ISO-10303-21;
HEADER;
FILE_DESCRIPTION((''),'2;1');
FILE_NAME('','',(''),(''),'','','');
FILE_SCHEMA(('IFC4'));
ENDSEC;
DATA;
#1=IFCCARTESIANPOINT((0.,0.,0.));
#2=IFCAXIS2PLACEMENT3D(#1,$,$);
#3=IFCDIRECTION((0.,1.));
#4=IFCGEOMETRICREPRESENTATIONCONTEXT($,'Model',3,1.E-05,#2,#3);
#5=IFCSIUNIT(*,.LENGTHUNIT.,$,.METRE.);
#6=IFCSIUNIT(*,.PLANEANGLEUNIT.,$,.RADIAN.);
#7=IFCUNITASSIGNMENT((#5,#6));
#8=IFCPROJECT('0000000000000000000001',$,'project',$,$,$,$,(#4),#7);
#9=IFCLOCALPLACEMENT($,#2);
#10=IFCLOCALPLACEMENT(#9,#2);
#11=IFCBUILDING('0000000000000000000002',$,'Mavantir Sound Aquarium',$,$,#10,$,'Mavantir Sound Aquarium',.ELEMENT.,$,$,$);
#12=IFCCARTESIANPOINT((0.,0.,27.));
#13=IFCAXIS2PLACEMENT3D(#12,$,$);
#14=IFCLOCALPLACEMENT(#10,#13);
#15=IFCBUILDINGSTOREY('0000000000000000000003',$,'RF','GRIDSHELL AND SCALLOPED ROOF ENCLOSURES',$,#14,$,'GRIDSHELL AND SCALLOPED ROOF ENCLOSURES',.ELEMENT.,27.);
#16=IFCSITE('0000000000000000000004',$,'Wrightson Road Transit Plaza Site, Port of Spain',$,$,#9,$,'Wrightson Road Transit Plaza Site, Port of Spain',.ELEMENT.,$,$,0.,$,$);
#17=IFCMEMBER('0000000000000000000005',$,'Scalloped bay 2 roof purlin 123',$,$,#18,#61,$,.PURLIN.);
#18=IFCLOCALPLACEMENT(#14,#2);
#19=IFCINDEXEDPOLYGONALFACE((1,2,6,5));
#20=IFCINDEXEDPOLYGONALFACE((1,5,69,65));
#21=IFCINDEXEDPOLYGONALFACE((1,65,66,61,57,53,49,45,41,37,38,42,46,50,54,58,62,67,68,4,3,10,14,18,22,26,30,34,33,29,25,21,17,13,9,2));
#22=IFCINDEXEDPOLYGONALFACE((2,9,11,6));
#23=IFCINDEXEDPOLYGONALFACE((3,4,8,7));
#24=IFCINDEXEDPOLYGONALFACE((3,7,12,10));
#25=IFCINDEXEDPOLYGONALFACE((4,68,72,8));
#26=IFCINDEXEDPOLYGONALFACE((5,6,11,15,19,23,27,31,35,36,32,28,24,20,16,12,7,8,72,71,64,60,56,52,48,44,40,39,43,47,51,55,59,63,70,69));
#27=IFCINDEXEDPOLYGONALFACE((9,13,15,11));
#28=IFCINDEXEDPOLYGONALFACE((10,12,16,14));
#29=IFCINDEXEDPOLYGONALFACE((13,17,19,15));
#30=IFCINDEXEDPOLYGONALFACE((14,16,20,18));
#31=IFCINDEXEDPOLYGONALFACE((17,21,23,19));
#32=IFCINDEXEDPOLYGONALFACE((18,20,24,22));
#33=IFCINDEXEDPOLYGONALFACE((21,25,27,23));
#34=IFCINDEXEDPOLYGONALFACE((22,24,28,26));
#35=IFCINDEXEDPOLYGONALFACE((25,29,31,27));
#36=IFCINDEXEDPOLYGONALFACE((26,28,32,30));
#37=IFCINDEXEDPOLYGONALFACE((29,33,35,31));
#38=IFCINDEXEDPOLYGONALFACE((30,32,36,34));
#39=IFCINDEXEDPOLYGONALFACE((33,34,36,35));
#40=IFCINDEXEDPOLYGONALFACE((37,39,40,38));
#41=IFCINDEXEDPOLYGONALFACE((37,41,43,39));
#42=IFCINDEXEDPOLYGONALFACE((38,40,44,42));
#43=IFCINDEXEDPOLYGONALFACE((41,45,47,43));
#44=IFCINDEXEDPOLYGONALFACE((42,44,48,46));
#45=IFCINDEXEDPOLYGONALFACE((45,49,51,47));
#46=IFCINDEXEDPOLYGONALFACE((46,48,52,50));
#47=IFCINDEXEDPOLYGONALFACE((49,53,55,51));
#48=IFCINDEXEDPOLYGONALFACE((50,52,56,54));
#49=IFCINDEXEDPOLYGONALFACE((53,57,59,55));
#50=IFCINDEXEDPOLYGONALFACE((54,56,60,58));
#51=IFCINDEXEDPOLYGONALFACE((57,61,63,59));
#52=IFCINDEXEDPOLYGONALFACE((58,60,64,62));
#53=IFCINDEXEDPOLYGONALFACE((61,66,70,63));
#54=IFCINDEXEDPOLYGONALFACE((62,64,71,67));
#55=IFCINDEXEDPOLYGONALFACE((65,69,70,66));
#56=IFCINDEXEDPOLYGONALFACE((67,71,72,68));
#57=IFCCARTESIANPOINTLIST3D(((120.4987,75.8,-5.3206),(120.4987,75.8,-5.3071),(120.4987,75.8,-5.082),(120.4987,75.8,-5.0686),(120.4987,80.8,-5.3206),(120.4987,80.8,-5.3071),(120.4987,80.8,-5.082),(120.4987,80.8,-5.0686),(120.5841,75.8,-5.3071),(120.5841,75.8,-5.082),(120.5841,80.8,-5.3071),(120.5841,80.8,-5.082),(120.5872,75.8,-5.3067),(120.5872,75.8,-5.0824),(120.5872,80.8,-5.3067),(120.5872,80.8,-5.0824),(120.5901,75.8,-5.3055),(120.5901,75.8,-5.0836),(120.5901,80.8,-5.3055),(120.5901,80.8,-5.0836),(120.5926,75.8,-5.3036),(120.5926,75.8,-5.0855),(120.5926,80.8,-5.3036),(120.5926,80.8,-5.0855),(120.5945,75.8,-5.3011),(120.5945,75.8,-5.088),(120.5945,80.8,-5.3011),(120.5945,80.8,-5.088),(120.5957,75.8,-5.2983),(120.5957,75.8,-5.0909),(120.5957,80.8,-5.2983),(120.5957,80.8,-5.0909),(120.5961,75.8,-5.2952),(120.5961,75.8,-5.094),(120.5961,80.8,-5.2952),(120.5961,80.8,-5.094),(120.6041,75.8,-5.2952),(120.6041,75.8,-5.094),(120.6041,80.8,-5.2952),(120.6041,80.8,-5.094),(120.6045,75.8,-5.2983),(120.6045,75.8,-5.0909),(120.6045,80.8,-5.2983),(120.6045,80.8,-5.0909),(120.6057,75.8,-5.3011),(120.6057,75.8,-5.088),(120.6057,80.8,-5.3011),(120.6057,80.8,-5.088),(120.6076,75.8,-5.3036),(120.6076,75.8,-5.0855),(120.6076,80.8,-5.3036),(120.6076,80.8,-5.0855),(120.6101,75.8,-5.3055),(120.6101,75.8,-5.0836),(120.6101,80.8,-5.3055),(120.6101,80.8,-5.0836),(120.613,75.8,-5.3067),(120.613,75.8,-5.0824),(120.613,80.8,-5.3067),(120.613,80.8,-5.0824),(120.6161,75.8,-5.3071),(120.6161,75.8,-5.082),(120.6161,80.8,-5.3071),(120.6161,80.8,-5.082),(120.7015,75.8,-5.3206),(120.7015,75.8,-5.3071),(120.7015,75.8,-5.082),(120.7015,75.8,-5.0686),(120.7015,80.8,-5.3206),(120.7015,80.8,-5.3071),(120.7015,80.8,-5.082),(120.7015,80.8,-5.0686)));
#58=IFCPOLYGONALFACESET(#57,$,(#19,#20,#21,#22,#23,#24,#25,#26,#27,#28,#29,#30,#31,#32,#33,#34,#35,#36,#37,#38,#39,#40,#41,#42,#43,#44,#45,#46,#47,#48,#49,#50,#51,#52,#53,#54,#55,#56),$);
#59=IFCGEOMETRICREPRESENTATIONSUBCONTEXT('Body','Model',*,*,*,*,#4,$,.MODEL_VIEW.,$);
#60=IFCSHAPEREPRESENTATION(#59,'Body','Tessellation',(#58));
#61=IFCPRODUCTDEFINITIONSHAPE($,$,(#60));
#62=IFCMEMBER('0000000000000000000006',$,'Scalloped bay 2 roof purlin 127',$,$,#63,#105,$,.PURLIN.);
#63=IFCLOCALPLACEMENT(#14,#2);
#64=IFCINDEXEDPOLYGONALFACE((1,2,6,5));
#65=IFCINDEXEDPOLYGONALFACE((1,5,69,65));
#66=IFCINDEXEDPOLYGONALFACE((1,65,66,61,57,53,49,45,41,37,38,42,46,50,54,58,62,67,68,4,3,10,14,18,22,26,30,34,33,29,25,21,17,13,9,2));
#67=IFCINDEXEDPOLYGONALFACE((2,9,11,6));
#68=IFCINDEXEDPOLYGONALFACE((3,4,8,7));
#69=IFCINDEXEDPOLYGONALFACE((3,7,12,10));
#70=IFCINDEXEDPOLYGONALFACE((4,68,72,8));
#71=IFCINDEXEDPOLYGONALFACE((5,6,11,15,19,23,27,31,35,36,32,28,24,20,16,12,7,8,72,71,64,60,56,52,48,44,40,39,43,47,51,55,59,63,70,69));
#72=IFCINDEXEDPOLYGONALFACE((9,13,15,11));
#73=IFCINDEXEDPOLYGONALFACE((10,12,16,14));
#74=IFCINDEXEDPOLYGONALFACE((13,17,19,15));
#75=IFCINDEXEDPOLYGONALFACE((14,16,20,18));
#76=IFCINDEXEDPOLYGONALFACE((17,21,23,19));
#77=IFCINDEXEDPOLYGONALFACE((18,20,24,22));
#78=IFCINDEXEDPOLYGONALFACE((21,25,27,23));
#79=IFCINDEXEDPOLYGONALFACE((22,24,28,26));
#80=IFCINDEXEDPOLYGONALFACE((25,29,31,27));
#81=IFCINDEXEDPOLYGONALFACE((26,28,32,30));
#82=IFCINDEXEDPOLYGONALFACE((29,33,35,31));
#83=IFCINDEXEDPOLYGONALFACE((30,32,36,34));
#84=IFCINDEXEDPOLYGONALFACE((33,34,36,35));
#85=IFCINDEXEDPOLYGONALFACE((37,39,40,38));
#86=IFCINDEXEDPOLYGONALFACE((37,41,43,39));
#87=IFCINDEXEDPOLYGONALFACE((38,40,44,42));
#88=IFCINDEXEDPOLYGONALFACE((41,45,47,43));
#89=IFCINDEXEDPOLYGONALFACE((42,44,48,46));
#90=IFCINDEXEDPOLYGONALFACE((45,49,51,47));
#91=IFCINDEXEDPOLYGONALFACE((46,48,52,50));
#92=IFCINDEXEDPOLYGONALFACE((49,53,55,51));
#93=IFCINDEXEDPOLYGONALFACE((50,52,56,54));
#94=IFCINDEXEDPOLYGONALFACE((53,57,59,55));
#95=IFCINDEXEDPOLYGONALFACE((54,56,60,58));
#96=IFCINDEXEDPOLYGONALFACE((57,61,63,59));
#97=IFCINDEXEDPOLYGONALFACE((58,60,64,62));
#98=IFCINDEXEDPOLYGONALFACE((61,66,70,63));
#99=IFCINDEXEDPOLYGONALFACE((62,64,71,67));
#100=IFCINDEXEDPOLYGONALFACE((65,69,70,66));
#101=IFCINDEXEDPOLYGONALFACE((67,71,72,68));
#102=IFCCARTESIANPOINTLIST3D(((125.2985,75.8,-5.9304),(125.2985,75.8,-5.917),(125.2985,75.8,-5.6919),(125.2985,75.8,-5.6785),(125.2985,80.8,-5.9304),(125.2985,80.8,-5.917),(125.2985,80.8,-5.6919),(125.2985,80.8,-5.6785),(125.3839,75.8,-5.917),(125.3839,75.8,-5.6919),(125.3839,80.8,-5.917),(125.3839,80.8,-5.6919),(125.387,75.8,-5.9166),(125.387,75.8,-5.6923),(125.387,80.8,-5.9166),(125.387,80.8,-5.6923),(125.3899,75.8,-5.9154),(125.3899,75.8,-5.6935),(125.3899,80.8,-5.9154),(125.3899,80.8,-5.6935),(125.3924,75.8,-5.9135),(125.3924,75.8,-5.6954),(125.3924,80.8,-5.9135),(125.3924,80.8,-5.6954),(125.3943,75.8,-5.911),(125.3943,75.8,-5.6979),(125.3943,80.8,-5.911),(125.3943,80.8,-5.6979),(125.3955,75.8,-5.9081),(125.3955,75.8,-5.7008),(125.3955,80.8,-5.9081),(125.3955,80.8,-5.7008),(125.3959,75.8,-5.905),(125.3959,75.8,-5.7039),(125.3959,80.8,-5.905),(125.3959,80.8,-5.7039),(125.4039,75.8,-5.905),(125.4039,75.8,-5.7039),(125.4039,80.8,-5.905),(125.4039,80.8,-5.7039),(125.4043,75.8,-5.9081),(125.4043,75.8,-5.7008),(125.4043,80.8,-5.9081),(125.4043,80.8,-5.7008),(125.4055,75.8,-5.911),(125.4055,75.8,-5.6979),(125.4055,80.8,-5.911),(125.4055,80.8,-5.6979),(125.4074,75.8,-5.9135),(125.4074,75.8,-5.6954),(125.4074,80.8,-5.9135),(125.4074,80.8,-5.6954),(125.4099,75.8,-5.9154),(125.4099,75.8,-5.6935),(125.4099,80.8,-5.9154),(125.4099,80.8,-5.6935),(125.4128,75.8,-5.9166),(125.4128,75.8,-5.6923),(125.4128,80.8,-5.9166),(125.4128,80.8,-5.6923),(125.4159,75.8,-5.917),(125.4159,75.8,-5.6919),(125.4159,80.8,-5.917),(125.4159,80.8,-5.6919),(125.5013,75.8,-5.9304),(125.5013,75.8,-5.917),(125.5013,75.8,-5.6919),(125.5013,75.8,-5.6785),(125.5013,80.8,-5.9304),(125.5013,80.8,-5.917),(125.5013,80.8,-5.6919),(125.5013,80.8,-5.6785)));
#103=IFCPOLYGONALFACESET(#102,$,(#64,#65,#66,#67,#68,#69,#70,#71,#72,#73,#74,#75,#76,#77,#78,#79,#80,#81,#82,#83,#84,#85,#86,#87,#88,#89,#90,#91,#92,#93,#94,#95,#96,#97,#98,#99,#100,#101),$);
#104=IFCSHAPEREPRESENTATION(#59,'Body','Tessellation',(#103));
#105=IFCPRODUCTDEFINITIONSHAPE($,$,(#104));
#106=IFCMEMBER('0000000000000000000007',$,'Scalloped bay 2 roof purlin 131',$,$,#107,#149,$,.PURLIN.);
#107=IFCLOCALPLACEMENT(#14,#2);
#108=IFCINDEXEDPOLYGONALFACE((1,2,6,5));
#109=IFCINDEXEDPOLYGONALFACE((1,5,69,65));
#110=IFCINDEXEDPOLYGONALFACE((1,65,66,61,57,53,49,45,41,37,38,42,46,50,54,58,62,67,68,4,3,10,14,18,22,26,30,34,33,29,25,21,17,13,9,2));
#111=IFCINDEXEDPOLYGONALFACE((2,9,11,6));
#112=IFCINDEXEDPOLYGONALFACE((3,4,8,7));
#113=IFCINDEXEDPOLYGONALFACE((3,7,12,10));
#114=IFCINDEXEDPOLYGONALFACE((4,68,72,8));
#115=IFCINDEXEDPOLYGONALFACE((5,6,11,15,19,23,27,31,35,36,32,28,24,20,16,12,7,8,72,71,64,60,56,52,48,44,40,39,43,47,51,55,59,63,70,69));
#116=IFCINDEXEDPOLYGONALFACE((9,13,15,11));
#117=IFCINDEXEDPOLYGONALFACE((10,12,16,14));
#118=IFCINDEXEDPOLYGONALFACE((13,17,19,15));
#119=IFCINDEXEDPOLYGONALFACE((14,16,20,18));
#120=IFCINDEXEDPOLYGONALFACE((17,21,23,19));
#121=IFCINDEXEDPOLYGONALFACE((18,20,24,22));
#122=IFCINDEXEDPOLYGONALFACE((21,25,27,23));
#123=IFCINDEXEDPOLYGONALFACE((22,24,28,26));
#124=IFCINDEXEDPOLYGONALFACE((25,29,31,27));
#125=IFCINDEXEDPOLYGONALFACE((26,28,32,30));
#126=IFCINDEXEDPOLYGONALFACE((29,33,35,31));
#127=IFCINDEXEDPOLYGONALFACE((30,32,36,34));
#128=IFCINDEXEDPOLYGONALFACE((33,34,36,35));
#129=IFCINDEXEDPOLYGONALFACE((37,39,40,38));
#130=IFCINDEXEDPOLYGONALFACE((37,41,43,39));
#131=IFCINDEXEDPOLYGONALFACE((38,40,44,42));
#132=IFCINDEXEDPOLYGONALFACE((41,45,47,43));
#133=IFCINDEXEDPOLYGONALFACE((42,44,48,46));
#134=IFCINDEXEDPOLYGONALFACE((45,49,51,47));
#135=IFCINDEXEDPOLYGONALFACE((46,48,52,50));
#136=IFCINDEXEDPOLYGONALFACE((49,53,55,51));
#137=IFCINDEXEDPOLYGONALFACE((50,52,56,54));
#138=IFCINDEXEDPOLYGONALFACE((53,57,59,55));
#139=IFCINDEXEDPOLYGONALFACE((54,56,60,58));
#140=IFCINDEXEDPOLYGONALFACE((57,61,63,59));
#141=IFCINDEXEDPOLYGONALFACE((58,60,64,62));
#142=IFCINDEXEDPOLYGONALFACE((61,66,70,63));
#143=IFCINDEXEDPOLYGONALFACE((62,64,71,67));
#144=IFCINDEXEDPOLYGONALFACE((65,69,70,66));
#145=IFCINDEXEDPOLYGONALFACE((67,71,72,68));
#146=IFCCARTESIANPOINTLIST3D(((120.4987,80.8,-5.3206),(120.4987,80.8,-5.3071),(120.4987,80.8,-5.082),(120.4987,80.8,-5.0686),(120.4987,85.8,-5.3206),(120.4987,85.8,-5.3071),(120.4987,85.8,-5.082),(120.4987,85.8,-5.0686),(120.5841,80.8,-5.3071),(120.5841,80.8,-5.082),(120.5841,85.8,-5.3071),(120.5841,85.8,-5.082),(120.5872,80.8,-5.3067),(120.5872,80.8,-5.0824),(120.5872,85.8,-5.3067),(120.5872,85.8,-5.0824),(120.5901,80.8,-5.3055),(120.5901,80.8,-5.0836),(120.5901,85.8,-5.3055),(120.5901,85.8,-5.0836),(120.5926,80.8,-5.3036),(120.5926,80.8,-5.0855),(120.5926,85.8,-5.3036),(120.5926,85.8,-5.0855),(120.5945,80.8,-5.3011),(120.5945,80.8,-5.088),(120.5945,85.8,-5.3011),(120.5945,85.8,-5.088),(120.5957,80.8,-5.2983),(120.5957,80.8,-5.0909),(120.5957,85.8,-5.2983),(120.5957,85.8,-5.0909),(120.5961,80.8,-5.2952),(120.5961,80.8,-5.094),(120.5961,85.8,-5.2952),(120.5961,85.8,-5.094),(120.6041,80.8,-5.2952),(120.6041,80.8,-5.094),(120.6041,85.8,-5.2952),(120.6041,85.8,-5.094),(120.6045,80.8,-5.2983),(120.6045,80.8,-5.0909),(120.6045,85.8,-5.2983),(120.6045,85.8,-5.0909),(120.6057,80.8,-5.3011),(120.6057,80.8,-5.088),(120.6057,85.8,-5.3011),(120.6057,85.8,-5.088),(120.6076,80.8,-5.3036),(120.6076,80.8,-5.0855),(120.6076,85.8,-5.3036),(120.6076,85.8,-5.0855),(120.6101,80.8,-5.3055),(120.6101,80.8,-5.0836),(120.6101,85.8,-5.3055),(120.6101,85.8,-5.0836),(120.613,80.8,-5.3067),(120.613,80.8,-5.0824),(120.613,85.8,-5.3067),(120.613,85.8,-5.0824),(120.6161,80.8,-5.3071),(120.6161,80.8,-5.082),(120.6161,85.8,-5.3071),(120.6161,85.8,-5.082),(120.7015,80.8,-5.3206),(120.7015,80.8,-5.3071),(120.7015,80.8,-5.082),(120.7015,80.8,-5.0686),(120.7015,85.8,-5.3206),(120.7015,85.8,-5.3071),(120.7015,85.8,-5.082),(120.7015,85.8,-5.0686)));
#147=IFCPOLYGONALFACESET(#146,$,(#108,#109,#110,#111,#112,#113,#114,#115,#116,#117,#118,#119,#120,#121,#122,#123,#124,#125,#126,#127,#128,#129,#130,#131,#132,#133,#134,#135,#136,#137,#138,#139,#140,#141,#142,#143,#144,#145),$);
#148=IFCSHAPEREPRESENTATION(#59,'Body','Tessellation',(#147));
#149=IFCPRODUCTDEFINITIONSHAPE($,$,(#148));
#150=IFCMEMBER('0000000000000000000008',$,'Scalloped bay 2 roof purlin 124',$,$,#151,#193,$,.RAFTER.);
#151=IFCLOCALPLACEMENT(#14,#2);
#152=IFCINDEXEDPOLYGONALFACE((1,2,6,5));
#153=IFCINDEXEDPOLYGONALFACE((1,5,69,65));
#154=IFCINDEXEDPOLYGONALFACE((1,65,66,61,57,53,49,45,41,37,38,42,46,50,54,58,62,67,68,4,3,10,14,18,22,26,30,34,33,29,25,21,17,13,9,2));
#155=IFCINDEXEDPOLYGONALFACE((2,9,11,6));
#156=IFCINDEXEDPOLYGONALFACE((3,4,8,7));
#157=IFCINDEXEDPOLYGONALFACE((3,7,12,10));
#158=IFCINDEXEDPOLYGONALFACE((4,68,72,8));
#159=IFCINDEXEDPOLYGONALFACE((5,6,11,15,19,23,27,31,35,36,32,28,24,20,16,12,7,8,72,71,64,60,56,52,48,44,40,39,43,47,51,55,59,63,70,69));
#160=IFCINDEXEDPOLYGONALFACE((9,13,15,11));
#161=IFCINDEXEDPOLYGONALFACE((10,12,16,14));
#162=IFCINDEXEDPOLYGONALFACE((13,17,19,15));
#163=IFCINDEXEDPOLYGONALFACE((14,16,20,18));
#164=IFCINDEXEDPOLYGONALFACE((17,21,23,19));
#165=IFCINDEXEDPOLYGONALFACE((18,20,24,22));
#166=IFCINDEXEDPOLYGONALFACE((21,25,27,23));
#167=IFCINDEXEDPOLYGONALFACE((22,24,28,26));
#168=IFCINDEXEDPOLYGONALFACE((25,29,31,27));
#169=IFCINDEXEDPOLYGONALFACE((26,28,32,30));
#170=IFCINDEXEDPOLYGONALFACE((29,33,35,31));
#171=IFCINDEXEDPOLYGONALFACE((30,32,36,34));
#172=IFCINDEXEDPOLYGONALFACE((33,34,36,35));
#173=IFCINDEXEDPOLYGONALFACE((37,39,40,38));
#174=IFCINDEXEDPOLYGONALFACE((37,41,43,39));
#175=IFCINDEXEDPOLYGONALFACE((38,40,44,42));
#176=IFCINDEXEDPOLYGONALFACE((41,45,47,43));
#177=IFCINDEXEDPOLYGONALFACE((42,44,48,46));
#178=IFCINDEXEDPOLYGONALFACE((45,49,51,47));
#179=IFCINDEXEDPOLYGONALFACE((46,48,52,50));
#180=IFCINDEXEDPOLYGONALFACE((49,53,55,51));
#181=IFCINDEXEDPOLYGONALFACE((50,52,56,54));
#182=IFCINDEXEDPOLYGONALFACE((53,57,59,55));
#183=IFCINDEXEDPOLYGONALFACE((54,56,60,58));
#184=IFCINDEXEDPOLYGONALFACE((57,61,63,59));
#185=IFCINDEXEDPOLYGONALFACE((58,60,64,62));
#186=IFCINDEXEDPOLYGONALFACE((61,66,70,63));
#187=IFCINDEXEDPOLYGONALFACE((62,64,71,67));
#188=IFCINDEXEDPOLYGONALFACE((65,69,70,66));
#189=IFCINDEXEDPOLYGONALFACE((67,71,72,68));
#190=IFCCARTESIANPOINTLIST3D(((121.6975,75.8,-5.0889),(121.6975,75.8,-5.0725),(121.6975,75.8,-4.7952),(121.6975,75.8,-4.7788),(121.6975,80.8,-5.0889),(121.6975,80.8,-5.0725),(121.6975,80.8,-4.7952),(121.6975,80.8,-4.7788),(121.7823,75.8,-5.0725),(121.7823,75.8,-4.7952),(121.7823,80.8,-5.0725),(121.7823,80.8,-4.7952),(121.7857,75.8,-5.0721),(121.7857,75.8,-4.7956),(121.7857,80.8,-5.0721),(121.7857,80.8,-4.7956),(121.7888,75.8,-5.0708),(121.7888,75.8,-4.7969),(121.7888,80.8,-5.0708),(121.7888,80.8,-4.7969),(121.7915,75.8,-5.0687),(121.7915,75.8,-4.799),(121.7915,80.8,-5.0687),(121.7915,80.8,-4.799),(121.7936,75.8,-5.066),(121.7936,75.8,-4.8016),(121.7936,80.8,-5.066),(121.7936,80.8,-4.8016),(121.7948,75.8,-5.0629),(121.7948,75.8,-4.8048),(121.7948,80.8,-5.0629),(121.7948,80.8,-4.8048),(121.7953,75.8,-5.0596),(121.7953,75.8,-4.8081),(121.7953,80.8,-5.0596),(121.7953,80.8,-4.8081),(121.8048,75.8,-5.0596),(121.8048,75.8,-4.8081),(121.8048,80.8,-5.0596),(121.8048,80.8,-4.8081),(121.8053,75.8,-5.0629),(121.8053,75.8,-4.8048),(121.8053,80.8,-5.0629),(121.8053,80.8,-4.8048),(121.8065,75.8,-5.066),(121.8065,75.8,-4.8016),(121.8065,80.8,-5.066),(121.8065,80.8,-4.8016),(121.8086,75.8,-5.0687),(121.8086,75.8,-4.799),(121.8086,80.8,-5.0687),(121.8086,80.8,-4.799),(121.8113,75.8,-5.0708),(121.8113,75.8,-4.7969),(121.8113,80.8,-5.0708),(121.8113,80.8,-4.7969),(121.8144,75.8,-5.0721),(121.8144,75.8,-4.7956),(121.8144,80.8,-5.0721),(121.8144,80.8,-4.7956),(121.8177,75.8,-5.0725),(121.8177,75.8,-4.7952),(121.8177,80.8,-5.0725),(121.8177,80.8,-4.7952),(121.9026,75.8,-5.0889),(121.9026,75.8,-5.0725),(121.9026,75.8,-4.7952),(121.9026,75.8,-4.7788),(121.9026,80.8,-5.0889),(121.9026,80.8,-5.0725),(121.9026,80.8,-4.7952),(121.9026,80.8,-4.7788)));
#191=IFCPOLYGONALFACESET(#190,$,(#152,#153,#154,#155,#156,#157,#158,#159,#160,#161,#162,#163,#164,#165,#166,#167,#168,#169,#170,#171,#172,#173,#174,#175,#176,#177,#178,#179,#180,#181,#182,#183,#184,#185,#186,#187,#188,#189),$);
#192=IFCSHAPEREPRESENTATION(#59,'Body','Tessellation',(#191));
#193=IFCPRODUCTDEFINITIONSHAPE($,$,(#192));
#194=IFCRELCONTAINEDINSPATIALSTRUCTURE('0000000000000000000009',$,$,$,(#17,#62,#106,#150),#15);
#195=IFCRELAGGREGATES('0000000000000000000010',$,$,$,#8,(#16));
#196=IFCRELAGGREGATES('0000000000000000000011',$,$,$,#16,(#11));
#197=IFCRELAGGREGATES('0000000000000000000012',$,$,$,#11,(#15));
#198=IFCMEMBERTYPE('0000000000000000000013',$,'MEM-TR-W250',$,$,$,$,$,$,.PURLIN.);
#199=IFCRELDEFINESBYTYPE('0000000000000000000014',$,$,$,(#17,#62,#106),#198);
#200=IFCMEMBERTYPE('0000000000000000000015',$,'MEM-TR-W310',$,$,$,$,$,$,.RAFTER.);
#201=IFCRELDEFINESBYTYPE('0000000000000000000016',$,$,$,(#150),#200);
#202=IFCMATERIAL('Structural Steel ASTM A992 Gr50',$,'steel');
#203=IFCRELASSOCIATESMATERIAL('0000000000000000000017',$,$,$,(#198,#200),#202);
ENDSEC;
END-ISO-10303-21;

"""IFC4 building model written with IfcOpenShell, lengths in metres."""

from ifc_helpers import new_model, si_unit, direction, frame, origin, origin_2d, place, context, subcontext, project, spatial, i_section, extrude, material, material_profile, profile_set, type_object, element, save


model = new_model("IFC4")

# Units and contexts
model_context = context("Model", 3, precision=1e-05, world=origin(), true_north=direction((0.0, 1.0)))
body_context = subcontext(model_context, "Body", "Model", "MODEL_VIEW")
ifc_project = project(units=[si_unit("LENGTHUNIT", "METRE"), si_unit("PLANEANGLEUNIT", "RADIAN")], contexts=[model_context])

# Site, building, storey
site_placement = place(None, origin())
site = spatial("IfcSite", under=ifc_project, at=site_placement, Name="Wrightson Road Transit Plaza Site, Port of Spain", LongName="Wrightson Road Transit Plaza Site, Port of Spain", CompositionType="ELEMENT", RefElevation=0.0)
building_placement = place(site_placement, origin())
building = spatial("IfcBuilding", under=site, at=building_placement, Name="Mavantir Sound Aquarium", LongName="Mavantir Sound Aquarium", CompositionType="ELEMENT")
storey_placement = place(building_placement, frame((0.0, 0.0, 27.0)))
storey = spatial("IfcBuildingStorey", under=building, at=storey_placement, Name="RF", Description="GRIDSHELL AND SCALLOPED ROOF ENCLOSURES", LongName="GRIDSHELL AND SCALLOPED ROOF ENCLOSURES", CompositionType="ELEMENT", Elevation=27.0)

# Shared definitions
ifc_material_1 = material(Name="Structural Steel ASTM A992 Gr50", Category="steel")

# Members
ifc_material_profile_1 = material_profile(ifc_material_1, i_section(OverallWidth=0.2029, OverallDepth=0.252, WebThickness=0.0081, FlangeThickness=0.0134, FilletRadius=0.012, at=origin_2d()), Name="W250X58")
ifc_profile_set_1 = profile_set([ifc_material_profile_1], Name="Structural Steel ASTM A992 Gr50")
member_type_1 = type_object("IfcMemberType", Name="MEM-TR-W250", PredefinedType="PURLIN", material=ifc_profile_set_1)
for number, where, z_axis, x_axis, name in (
    (1, (120.6001, 75.8, -5.1946), (0.0, 1.0, 0.0), (-1.0, 0.0, 0.0), "Scalloped bay 2 roof purlin 123"),
    (2, (125.3999, 75.8, -5.8044), (0.0, 1.0, 0.0), (-1.0, 0.0, 0.0), "Scalloped bay 2 roof purlin 127"),
    (3, (120.6001, 80.8, -5.1946), (0.0, 1.0, 0.0), (-1.0, 0.0, 0.0), "Scalloped bay 2 roof purlin 131"),
):
    element("IfcMember", number, at=place(storey_placement, frame(where, z_axis=z_axis, x_axis=x_axis)), inside=storey, type_object=member_type_1, Name=name, PredefinedType="PURLIN", context=body_context, shape_type="SweptSolid", body=[
        extrude(i_section(OverallWidth=0.2029, OverallDepth=0.252, WebThickness=0.0081, FlangeThickness=0.0134, FilletRadius=0.012, at=origin_2d()), origin(), (0.0, 0.0, 1.0), 5.0),
    ])
ifc_material_profile_2 = material_profile(ifc_material_1, i_section(OverallWidth=0.2051, OverallDepth=0.3101, WebThickness=0.0095, FlangeThickness=0.0164, FilletRadius=0.0129, at=origin_2d()), Name="W310X74")
ifc_profile_set_2 = profile_set([ifc_material_profile_2], Name="Structural Steel ASTM A992 Gr50")
member_type_2 = type_object("IfcMemberType", Name="MEM-TR-W310", PredefinedType="RAFTER", material=ifc_profile_set_2)
for number, where, z_axis, x_axis, name in (
    (4, (121.8, 75.8, -4.9338), (0.0, 1.0, 0.0), (-1.0, 0.0, 0.0), "Scalloped bay 2 roof purlin 124"),
):
    element("IfcMember", number, at=place(storey_placement, frame(where, z_axis=z_axis, x_axis=x_axis)), inside=storey, type_object=member_type_2, Name=name, PredefinedType="RAFTER", context=body_context, shape_type="SweptSolid", body=[
        extrude(i_section(OverallWidth=0.2051, OverallDepth=0.3101, WebThickness=0.0095, FlangeThickness=0.0164, FilletRadius=0.0129, at=origin_2d()), origin(), (0.0, 0.0, 1.0), 5.0),
    ])

save(model, "model.ifc")
